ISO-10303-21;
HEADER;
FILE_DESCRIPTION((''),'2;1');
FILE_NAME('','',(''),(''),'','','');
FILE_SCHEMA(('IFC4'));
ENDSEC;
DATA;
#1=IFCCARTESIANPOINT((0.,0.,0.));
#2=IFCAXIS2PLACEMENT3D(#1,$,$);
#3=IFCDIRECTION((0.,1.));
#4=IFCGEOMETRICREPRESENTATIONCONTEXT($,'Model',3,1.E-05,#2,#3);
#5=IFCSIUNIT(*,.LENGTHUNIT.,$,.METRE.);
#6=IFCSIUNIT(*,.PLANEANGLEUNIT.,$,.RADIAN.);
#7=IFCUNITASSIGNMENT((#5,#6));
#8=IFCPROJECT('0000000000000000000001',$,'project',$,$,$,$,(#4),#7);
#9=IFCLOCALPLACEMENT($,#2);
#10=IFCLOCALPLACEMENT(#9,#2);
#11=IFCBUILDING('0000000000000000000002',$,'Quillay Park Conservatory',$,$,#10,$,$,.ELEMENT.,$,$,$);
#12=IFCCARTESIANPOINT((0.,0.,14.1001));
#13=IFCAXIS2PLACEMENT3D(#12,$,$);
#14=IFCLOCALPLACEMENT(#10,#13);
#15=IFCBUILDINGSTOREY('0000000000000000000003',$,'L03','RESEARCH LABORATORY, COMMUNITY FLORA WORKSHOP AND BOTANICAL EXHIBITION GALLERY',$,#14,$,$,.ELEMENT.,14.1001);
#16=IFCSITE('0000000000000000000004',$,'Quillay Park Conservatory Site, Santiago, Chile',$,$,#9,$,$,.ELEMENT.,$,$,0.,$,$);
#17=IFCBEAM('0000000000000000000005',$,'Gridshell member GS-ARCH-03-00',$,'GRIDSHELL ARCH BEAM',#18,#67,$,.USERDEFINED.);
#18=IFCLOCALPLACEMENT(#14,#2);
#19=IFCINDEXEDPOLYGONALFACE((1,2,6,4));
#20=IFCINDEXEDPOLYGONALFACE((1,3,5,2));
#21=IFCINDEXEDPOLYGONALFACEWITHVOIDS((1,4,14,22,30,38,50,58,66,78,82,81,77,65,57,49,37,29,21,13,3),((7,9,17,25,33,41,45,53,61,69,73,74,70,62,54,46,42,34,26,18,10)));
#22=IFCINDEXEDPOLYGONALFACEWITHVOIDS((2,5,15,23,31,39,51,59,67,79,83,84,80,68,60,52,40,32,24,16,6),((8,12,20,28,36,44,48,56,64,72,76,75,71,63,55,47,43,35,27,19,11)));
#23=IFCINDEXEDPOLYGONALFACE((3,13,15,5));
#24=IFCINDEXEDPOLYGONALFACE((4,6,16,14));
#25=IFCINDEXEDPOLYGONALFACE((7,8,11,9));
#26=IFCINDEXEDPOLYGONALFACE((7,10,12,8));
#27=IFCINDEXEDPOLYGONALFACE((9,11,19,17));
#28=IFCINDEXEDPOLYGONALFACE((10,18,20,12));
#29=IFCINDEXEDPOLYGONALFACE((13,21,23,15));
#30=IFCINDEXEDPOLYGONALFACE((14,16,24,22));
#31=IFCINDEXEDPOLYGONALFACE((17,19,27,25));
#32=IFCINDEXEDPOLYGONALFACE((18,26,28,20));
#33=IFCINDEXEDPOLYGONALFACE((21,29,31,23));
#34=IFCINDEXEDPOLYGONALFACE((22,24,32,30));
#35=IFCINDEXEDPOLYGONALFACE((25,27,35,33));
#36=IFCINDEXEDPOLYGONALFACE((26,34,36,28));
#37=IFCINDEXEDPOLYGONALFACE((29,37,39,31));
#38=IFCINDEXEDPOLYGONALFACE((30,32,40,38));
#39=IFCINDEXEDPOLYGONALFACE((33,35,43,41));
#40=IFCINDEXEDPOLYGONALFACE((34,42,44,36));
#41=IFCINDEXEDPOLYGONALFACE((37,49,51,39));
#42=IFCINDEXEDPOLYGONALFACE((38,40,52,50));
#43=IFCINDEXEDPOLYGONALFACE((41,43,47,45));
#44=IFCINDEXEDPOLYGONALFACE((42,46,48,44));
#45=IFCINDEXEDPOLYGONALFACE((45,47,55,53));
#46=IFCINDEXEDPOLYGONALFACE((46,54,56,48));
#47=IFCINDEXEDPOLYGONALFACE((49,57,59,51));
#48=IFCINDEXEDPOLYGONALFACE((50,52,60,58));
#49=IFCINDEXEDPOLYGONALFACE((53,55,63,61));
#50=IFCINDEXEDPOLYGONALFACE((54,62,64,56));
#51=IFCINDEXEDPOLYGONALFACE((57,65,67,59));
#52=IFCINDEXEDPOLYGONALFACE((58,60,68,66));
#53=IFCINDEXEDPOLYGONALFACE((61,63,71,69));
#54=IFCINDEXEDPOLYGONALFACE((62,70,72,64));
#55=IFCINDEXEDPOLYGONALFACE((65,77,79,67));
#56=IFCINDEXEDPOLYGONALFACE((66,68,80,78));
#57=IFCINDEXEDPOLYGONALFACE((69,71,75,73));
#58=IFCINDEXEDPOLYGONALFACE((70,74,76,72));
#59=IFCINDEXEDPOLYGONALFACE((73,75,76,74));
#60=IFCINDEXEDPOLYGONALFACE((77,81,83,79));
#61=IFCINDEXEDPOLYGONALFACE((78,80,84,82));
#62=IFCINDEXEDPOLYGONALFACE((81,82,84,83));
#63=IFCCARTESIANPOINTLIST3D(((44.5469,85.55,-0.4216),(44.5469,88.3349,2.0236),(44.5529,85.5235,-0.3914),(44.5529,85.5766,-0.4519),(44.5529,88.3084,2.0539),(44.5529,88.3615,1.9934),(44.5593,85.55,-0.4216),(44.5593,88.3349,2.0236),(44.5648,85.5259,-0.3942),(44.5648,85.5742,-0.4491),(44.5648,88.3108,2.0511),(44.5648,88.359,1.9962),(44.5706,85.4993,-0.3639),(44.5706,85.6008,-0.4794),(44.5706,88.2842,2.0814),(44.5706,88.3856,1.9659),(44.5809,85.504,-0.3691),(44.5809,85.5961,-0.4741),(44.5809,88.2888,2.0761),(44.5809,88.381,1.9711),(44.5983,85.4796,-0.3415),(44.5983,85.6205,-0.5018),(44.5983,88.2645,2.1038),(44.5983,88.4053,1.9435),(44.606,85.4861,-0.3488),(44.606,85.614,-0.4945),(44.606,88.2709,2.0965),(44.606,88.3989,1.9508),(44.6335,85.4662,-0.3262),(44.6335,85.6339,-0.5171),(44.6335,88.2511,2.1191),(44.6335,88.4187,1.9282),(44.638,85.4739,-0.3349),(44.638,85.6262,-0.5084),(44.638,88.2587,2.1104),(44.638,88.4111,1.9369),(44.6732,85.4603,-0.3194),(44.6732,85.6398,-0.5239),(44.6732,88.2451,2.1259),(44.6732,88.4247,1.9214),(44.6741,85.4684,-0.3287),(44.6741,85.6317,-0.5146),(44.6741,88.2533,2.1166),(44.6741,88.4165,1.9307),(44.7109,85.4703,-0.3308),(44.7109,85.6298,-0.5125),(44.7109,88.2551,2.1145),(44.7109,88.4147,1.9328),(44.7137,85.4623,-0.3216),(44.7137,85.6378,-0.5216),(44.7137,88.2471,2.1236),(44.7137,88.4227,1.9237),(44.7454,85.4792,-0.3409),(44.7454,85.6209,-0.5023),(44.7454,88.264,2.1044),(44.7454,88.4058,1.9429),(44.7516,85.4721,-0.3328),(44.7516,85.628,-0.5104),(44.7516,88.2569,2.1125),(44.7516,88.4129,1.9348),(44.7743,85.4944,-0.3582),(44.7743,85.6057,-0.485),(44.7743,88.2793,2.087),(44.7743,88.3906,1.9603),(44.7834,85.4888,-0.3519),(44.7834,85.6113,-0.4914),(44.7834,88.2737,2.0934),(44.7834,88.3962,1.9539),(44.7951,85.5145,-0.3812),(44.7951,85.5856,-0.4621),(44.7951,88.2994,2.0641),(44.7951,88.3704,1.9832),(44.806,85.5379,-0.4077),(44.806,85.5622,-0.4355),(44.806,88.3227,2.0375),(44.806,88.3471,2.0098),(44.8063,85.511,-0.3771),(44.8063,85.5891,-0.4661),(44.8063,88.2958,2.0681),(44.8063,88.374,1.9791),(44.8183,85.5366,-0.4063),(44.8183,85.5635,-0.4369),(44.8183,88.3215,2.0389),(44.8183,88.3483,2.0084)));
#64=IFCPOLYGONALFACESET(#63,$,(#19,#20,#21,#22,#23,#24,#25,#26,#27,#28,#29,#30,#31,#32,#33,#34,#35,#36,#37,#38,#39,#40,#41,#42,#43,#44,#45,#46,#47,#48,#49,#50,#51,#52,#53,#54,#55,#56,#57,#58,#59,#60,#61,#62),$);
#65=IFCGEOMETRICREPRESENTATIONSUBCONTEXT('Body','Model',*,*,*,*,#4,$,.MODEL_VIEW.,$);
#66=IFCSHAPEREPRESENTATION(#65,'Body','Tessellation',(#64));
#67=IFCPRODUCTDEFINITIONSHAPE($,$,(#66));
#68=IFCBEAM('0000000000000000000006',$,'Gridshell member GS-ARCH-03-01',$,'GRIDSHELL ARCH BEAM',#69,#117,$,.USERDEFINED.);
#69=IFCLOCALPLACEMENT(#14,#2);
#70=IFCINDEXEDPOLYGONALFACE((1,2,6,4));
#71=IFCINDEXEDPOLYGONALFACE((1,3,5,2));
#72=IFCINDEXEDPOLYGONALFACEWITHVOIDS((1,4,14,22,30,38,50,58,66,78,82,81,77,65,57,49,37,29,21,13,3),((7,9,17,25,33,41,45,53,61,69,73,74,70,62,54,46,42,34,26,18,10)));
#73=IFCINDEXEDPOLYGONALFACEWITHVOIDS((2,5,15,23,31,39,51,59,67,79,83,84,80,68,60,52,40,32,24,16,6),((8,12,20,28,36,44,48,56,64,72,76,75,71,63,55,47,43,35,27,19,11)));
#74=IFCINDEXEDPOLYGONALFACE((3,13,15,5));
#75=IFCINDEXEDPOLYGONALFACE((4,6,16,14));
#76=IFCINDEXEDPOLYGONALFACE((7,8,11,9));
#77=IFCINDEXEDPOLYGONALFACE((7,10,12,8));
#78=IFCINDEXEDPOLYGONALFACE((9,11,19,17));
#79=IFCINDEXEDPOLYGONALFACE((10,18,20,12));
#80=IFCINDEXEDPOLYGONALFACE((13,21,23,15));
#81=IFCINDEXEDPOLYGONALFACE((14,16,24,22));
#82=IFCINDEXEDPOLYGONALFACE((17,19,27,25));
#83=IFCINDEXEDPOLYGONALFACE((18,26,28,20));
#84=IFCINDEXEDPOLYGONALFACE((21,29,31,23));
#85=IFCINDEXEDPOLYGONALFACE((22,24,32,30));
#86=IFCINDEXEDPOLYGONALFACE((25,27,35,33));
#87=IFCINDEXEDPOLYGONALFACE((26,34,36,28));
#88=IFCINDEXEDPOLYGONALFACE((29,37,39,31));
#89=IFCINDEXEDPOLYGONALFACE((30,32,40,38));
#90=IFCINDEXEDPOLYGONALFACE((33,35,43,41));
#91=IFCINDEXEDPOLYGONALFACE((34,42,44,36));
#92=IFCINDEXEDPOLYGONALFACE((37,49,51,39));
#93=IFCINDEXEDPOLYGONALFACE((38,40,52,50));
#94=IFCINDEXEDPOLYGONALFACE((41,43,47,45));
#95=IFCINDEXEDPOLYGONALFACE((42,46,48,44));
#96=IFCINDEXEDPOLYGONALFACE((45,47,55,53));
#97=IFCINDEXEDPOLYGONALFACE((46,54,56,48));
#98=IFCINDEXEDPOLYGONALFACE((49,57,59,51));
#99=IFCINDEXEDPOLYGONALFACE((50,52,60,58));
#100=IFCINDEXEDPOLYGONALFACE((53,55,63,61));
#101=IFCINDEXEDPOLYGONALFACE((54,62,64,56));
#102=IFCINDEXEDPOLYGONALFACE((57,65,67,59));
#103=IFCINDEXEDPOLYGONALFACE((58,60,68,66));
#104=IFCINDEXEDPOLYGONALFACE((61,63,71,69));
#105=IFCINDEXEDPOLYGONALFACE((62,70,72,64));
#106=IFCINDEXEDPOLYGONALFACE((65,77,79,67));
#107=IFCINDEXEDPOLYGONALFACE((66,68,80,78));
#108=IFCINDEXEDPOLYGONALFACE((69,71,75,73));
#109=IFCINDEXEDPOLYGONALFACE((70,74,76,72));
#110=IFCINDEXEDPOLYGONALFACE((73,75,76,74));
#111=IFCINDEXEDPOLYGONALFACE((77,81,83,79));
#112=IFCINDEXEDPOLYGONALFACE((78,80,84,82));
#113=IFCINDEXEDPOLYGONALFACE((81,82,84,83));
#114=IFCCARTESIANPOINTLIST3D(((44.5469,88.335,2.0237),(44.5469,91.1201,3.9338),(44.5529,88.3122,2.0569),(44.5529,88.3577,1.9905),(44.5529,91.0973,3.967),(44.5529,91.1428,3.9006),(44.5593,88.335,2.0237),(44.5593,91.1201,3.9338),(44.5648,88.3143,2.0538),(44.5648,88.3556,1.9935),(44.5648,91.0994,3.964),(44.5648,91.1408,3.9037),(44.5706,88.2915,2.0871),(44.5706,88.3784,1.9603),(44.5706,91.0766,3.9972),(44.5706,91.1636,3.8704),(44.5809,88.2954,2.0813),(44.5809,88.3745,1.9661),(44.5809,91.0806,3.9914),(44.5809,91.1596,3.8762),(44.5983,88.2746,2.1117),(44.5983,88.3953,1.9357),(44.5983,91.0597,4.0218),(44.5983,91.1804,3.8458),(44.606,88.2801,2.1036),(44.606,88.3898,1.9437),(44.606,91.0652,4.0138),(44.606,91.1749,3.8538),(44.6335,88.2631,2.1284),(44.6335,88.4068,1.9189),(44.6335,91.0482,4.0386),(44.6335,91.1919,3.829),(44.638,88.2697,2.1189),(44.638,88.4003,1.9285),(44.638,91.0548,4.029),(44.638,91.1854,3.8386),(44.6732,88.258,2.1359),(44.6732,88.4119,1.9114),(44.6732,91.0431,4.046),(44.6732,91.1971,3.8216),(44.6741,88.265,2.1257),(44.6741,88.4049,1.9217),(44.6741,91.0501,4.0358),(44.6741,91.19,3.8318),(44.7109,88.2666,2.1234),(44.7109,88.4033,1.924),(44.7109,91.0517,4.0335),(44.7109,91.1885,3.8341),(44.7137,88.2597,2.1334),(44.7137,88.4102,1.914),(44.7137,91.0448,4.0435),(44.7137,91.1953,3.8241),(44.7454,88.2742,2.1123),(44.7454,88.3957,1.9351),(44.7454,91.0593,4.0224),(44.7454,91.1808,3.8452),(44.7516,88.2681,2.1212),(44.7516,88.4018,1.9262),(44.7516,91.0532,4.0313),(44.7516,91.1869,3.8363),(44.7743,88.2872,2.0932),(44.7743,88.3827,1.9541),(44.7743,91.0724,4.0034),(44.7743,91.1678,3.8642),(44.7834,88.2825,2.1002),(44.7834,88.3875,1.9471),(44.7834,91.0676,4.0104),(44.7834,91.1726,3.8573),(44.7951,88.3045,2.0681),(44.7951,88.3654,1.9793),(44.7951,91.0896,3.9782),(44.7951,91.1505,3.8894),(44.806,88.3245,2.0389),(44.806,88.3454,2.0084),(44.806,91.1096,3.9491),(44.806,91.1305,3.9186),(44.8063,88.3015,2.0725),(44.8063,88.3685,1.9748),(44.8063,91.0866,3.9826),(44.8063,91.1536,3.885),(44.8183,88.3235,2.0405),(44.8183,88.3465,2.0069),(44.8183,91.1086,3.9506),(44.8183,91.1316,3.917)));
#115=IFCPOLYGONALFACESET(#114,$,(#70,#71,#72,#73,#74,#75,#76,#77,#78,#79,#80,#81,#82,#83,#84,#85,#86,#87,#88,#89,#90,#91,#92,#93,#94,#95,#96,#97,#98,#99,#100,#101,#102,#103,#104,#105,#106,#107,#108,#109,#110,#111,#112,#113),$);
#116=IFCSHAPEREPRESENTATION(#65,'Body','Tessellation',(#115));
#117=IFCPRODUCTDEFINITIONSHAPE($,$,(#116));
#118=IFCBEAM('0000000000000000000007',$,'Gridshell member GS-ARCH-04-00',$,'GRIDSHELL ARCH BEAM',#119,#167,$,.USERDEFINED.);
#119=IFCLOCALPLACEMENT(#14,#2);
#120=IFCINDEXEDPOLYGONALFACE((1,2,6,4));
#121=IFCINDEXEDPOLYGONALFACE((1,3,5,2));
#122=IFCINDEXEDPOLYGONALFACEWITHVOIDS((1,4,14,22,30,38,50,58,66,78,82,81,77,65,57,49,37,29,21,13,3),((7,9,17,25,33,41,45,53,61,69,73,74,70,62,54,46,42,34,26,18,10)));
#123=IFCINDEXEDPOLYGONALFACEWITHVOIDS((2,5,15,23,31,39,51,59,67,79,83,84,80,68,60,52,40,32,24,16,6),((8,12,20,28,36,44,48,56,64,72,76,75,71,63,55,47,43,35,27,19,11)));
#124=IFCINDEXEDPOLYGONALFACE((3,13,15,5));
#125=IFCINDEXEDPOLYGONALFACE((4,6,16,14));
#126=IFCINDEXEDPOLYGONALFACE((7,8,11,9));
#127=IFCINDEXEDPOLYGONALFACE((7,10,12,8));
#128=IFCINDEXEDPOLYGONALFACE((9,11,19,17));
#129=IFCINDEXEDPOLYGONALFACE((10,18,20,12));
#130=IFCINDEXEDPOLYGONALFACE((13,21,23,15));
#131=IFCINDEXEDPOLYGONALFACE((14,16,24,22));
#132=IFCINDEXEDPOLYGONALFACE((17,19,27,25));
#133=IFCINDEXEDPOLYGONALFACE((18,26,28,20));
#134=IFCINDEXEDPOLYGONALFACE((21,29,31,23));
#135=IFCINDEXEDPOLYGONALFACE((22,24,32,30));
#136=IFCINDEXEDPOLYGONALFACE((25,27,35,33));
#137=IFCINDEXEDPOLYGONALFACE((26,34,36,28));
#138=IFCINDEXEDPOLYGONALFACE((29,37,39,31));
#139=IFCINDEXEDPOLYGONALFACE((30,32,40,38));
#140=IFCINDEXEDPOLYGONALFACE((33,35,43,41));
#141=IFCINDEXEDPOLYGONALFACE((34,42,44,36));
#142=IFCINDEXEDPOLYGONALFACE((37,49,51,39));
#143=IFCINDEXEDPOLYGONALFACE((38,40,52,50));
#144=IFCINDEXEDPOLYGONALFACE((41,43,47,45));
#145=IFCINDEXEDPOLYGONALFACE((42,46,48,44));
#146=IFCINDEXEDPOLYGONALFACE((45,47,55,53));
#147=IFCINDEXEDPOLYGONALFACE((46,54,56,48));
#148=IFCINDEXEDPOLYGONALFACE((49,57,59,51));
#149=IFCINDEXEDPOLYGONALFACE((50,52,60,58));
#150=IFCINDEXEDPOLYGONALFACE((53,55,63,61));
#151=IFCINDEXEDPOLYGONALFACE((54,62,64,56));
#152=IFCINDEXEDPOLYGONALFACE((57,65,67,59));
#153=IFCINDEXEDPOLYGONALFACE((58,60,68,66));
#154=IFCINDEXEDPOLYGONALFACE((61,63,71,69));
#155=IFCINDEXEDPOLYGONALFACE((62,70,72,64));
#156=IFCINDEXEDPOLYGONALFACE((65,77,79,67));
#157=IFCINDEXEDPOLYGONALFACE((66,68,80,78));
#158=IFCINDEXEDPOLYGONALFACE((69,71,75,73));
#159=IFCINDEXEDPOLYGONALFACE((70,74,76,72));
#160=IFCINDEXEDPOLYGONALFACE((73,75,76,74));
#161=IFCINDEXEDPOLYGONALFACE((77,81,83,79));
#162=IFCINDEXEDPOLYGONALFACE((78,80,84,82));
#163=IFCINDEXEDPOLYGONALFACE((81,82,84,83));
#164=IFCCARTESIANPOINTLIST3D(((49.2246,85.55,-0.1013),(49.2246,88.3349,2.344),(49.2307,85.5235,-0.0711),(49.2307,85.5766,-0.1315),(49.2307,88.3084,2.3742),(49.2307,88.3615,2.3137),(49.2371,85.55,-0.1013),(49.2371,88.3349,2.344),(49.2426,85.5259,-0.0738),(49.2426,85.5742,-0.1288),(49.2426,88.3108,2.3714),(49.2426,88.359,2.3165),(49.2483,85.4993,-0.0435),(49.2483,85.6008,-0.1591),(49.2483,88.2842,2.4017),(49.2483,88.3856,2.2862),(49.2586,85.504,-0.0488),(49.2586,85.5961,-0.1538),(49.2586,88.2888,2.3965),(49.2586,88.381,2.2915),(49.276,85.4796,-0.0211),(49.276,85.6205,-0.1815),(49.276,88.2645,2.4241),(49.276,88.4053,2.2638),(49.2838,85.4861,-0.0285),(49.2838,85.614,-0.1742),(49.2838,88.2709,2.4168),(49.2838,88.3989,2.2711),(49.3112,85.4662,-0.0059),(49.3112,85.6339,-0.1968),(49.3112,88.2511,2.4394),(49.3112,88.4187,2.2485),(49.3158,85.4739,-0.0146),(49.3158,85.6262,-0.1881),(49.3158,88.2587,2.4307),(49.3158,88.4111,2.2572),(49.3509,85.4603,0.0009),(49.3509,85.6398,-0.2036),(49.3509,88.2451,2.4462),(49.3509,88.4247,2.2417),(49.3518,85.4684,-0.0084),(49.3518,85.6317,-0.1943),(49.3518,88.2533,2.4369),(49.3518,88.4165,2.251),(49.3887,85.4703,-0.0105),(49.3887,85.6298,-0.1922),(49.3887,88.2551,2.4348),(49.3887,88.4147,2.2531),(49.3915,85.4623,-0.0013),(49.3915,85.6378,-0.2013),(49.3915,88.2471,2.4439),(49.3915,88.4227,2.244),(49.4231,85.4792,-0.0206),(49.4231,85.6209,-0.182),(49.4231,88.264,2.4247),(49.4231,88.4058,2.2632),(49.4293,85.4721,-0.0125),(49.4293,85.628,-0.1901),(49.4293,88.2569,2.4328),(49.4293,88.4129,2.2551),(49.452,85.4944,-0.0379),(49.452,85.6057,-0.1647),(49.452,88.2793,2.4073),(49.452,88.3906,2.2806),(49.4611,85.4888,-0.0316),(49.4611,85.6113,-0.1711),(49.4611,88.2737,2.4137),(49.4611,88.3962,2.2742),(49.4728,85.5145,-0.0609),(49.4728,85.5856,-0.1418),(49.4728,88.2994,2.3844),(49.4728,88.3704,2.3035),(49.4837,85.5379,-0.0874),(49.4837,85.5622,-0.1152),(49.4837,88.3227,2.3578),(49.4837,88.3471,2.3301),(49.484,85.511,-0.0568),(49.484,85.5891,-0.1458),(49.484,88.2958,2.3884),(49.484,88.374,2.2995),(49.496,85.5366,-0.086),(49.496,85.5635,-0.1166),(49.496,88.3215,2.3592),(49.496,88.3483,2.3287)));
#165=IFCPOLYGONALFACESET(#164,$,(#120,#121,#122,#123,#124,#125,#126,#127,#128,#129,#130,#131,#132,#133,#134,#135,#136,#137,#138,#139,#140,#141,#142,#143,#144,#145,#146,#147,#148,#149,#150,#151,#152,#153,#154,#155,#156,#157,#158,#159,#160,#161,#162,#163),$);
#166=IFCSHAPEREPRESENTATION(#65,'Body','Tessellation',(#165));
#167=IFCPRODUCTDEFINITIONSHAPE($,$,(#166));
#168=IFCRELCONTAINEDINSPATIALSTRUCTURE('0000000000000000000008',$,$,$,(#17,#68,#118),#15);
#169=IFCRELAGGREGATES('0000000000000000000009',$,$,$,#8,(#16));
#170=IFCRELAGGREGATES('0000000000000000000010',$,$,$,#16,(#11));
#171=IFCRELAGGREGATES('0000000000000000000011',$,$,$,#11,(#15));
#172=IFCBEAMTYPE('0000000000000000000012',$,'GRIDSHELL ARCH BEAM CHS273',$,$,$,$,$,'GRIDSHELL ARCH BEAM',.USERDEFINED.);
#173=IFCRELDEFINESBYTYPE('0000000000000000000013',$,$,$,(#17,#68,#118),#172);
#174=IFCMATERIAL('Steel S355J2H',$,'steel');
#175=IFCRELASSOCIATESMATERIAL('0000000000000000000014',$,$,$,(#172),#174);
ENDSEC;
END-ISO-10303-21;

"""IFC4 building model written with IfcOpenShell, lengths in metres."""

from ifc_helpers import new_model, si_unit, direction, frame, origin, origin_2d, place, context, subcontext, project, spatial, hollow_circle, extrude, material, material_profile, profile_set, type_object, element, save


model = new_model("IFC4")

# Units and contexts
model_context = context("Model", 3, precision=1e-05, world=origin(), true_north=direction((0.0, 1.0)))
body_context = subcontext(model_context, "Body", "Model", "MODEL_VIEW")
ifc_project = project(units=[si_unit("LENGTHUNIT", "METRE"), si_unit("PLANEANGLEUNIT", "RADIAN")], contexts=[model_context])

# Site, building, storey
site_placement = place(None, origin())
site = spatial("IfcSite", under=ifc_project, at=site_placement, Name="Quillay Park Conservatory Site, Santiago, Chile", CompositionType="ELEMENT", RefElevation=0.0)
building_placement = place(site_placement, origin())
building = spatial("IfcBuilding", under=site, at=building_placement, Name="Quillay Park Conservatory", CompositionType="ELEMENT")
storey_placement = place(building_placement, frame((0.0, 0.0, 14.1001)))
storey = spatial("IfcBuildingStorey", under=building, at=storey_placement, Name="L03", Description="RESEARCH LABORATORY, COMMUNITY FLORA WORKSHOP AND BOTANICAL EXHIBITION GALLERY", CompositionType="ELEMENT", Elevation=14.1001)

# Beams
ifc_material_1 = material(Name="Steel S355J2H", Category="steel")
ifc_material_profile_1 = material_profile(ifc_material_1, hollow_circle(Radius=0.1365, WallThickness=0.0125, at=origin_2d()), Name="CHS273x12.5")
ifc_profile_set_1 = profile_set([ifc_material_profile_1], Name="Steel S355J2H")
beam_type = type_object("IfcBeamType", Name="GRIDSHELL ARCH BEAM CHS273", ElementType="GRIDSHELL ARCH BEAM", PredefinedType="USERDEFINED", material=ifc_profile_set_1)
beam_1_placement = place(storey_placement, frame((44.6833, 85.55, -0.4216), z_axis=(0.0, 0.751437, 0.659805), x_axis=(-1.0, 0.0, 0.0)))
element("IfcBeam", 1, at=beam_1_placement, inside=storey, type_object=beam_type, Name="Gridshell member GS-ARCH-03-00", ObjectType="GRIDSHELL ARCH BEAM", PredefinedType="USERDEFINED", context=body_context, shape_type="SweptSolid", body=[
    extrude(hollow_circle(Radius=0.1365, WallThickness=0.0125, at=origin_2d()), origin(), (0.0, 0.0, 1.0), 3.7061),
])
beam_2_placement = place(storey_placement, frame((44.6833, 88.335, 2.0237), z_axis=(0.0, 0.824683, 0.565596), x_axis=(-1.0, 0.0, 0.0)))
element("IfcBeam", 2, at=beam_2_placement, inside=storey, type_object=beam_type, Name="Gridshell member GS-ARCH-03-01", ObjectType="GRIDSHELL ARCH BEAM", PredefinedType="USERDEFINED", context=body_context, shape_type="SweptSolid", body=[
    extrude(hollow_circle(Radius=0.1365, WallThickness=0.0125, at=origin_2d()), origin(), (0.0, 0.0, 1.0), 3.3772),
])
beam_3_placement = place(storey_placement, frame((49.3611, 85.55, -0.1013), z_axis=(0.0, 0.751437, 0.659805), x_axis=(-1.0, 0.0, 0.0)))
element("IfcBeam", 3, at=beam_3_placement, inside=storey, type_object=beam_type, Name="Gridshell member GS-ARCH-04-00", ObjectType="GRIDSHELL ARCH BEAM", PredefinedType="USERDEFINED", context=body_context, shape_type="SweptSolid", body=[
    extrude(hollow_circle(Radius=0.1365, WallThickness=0.0125, at=origin_2d()), origin(), (0.0, 0.0, 1.0), 3.7061),
])

save(model, "model.ifc")
